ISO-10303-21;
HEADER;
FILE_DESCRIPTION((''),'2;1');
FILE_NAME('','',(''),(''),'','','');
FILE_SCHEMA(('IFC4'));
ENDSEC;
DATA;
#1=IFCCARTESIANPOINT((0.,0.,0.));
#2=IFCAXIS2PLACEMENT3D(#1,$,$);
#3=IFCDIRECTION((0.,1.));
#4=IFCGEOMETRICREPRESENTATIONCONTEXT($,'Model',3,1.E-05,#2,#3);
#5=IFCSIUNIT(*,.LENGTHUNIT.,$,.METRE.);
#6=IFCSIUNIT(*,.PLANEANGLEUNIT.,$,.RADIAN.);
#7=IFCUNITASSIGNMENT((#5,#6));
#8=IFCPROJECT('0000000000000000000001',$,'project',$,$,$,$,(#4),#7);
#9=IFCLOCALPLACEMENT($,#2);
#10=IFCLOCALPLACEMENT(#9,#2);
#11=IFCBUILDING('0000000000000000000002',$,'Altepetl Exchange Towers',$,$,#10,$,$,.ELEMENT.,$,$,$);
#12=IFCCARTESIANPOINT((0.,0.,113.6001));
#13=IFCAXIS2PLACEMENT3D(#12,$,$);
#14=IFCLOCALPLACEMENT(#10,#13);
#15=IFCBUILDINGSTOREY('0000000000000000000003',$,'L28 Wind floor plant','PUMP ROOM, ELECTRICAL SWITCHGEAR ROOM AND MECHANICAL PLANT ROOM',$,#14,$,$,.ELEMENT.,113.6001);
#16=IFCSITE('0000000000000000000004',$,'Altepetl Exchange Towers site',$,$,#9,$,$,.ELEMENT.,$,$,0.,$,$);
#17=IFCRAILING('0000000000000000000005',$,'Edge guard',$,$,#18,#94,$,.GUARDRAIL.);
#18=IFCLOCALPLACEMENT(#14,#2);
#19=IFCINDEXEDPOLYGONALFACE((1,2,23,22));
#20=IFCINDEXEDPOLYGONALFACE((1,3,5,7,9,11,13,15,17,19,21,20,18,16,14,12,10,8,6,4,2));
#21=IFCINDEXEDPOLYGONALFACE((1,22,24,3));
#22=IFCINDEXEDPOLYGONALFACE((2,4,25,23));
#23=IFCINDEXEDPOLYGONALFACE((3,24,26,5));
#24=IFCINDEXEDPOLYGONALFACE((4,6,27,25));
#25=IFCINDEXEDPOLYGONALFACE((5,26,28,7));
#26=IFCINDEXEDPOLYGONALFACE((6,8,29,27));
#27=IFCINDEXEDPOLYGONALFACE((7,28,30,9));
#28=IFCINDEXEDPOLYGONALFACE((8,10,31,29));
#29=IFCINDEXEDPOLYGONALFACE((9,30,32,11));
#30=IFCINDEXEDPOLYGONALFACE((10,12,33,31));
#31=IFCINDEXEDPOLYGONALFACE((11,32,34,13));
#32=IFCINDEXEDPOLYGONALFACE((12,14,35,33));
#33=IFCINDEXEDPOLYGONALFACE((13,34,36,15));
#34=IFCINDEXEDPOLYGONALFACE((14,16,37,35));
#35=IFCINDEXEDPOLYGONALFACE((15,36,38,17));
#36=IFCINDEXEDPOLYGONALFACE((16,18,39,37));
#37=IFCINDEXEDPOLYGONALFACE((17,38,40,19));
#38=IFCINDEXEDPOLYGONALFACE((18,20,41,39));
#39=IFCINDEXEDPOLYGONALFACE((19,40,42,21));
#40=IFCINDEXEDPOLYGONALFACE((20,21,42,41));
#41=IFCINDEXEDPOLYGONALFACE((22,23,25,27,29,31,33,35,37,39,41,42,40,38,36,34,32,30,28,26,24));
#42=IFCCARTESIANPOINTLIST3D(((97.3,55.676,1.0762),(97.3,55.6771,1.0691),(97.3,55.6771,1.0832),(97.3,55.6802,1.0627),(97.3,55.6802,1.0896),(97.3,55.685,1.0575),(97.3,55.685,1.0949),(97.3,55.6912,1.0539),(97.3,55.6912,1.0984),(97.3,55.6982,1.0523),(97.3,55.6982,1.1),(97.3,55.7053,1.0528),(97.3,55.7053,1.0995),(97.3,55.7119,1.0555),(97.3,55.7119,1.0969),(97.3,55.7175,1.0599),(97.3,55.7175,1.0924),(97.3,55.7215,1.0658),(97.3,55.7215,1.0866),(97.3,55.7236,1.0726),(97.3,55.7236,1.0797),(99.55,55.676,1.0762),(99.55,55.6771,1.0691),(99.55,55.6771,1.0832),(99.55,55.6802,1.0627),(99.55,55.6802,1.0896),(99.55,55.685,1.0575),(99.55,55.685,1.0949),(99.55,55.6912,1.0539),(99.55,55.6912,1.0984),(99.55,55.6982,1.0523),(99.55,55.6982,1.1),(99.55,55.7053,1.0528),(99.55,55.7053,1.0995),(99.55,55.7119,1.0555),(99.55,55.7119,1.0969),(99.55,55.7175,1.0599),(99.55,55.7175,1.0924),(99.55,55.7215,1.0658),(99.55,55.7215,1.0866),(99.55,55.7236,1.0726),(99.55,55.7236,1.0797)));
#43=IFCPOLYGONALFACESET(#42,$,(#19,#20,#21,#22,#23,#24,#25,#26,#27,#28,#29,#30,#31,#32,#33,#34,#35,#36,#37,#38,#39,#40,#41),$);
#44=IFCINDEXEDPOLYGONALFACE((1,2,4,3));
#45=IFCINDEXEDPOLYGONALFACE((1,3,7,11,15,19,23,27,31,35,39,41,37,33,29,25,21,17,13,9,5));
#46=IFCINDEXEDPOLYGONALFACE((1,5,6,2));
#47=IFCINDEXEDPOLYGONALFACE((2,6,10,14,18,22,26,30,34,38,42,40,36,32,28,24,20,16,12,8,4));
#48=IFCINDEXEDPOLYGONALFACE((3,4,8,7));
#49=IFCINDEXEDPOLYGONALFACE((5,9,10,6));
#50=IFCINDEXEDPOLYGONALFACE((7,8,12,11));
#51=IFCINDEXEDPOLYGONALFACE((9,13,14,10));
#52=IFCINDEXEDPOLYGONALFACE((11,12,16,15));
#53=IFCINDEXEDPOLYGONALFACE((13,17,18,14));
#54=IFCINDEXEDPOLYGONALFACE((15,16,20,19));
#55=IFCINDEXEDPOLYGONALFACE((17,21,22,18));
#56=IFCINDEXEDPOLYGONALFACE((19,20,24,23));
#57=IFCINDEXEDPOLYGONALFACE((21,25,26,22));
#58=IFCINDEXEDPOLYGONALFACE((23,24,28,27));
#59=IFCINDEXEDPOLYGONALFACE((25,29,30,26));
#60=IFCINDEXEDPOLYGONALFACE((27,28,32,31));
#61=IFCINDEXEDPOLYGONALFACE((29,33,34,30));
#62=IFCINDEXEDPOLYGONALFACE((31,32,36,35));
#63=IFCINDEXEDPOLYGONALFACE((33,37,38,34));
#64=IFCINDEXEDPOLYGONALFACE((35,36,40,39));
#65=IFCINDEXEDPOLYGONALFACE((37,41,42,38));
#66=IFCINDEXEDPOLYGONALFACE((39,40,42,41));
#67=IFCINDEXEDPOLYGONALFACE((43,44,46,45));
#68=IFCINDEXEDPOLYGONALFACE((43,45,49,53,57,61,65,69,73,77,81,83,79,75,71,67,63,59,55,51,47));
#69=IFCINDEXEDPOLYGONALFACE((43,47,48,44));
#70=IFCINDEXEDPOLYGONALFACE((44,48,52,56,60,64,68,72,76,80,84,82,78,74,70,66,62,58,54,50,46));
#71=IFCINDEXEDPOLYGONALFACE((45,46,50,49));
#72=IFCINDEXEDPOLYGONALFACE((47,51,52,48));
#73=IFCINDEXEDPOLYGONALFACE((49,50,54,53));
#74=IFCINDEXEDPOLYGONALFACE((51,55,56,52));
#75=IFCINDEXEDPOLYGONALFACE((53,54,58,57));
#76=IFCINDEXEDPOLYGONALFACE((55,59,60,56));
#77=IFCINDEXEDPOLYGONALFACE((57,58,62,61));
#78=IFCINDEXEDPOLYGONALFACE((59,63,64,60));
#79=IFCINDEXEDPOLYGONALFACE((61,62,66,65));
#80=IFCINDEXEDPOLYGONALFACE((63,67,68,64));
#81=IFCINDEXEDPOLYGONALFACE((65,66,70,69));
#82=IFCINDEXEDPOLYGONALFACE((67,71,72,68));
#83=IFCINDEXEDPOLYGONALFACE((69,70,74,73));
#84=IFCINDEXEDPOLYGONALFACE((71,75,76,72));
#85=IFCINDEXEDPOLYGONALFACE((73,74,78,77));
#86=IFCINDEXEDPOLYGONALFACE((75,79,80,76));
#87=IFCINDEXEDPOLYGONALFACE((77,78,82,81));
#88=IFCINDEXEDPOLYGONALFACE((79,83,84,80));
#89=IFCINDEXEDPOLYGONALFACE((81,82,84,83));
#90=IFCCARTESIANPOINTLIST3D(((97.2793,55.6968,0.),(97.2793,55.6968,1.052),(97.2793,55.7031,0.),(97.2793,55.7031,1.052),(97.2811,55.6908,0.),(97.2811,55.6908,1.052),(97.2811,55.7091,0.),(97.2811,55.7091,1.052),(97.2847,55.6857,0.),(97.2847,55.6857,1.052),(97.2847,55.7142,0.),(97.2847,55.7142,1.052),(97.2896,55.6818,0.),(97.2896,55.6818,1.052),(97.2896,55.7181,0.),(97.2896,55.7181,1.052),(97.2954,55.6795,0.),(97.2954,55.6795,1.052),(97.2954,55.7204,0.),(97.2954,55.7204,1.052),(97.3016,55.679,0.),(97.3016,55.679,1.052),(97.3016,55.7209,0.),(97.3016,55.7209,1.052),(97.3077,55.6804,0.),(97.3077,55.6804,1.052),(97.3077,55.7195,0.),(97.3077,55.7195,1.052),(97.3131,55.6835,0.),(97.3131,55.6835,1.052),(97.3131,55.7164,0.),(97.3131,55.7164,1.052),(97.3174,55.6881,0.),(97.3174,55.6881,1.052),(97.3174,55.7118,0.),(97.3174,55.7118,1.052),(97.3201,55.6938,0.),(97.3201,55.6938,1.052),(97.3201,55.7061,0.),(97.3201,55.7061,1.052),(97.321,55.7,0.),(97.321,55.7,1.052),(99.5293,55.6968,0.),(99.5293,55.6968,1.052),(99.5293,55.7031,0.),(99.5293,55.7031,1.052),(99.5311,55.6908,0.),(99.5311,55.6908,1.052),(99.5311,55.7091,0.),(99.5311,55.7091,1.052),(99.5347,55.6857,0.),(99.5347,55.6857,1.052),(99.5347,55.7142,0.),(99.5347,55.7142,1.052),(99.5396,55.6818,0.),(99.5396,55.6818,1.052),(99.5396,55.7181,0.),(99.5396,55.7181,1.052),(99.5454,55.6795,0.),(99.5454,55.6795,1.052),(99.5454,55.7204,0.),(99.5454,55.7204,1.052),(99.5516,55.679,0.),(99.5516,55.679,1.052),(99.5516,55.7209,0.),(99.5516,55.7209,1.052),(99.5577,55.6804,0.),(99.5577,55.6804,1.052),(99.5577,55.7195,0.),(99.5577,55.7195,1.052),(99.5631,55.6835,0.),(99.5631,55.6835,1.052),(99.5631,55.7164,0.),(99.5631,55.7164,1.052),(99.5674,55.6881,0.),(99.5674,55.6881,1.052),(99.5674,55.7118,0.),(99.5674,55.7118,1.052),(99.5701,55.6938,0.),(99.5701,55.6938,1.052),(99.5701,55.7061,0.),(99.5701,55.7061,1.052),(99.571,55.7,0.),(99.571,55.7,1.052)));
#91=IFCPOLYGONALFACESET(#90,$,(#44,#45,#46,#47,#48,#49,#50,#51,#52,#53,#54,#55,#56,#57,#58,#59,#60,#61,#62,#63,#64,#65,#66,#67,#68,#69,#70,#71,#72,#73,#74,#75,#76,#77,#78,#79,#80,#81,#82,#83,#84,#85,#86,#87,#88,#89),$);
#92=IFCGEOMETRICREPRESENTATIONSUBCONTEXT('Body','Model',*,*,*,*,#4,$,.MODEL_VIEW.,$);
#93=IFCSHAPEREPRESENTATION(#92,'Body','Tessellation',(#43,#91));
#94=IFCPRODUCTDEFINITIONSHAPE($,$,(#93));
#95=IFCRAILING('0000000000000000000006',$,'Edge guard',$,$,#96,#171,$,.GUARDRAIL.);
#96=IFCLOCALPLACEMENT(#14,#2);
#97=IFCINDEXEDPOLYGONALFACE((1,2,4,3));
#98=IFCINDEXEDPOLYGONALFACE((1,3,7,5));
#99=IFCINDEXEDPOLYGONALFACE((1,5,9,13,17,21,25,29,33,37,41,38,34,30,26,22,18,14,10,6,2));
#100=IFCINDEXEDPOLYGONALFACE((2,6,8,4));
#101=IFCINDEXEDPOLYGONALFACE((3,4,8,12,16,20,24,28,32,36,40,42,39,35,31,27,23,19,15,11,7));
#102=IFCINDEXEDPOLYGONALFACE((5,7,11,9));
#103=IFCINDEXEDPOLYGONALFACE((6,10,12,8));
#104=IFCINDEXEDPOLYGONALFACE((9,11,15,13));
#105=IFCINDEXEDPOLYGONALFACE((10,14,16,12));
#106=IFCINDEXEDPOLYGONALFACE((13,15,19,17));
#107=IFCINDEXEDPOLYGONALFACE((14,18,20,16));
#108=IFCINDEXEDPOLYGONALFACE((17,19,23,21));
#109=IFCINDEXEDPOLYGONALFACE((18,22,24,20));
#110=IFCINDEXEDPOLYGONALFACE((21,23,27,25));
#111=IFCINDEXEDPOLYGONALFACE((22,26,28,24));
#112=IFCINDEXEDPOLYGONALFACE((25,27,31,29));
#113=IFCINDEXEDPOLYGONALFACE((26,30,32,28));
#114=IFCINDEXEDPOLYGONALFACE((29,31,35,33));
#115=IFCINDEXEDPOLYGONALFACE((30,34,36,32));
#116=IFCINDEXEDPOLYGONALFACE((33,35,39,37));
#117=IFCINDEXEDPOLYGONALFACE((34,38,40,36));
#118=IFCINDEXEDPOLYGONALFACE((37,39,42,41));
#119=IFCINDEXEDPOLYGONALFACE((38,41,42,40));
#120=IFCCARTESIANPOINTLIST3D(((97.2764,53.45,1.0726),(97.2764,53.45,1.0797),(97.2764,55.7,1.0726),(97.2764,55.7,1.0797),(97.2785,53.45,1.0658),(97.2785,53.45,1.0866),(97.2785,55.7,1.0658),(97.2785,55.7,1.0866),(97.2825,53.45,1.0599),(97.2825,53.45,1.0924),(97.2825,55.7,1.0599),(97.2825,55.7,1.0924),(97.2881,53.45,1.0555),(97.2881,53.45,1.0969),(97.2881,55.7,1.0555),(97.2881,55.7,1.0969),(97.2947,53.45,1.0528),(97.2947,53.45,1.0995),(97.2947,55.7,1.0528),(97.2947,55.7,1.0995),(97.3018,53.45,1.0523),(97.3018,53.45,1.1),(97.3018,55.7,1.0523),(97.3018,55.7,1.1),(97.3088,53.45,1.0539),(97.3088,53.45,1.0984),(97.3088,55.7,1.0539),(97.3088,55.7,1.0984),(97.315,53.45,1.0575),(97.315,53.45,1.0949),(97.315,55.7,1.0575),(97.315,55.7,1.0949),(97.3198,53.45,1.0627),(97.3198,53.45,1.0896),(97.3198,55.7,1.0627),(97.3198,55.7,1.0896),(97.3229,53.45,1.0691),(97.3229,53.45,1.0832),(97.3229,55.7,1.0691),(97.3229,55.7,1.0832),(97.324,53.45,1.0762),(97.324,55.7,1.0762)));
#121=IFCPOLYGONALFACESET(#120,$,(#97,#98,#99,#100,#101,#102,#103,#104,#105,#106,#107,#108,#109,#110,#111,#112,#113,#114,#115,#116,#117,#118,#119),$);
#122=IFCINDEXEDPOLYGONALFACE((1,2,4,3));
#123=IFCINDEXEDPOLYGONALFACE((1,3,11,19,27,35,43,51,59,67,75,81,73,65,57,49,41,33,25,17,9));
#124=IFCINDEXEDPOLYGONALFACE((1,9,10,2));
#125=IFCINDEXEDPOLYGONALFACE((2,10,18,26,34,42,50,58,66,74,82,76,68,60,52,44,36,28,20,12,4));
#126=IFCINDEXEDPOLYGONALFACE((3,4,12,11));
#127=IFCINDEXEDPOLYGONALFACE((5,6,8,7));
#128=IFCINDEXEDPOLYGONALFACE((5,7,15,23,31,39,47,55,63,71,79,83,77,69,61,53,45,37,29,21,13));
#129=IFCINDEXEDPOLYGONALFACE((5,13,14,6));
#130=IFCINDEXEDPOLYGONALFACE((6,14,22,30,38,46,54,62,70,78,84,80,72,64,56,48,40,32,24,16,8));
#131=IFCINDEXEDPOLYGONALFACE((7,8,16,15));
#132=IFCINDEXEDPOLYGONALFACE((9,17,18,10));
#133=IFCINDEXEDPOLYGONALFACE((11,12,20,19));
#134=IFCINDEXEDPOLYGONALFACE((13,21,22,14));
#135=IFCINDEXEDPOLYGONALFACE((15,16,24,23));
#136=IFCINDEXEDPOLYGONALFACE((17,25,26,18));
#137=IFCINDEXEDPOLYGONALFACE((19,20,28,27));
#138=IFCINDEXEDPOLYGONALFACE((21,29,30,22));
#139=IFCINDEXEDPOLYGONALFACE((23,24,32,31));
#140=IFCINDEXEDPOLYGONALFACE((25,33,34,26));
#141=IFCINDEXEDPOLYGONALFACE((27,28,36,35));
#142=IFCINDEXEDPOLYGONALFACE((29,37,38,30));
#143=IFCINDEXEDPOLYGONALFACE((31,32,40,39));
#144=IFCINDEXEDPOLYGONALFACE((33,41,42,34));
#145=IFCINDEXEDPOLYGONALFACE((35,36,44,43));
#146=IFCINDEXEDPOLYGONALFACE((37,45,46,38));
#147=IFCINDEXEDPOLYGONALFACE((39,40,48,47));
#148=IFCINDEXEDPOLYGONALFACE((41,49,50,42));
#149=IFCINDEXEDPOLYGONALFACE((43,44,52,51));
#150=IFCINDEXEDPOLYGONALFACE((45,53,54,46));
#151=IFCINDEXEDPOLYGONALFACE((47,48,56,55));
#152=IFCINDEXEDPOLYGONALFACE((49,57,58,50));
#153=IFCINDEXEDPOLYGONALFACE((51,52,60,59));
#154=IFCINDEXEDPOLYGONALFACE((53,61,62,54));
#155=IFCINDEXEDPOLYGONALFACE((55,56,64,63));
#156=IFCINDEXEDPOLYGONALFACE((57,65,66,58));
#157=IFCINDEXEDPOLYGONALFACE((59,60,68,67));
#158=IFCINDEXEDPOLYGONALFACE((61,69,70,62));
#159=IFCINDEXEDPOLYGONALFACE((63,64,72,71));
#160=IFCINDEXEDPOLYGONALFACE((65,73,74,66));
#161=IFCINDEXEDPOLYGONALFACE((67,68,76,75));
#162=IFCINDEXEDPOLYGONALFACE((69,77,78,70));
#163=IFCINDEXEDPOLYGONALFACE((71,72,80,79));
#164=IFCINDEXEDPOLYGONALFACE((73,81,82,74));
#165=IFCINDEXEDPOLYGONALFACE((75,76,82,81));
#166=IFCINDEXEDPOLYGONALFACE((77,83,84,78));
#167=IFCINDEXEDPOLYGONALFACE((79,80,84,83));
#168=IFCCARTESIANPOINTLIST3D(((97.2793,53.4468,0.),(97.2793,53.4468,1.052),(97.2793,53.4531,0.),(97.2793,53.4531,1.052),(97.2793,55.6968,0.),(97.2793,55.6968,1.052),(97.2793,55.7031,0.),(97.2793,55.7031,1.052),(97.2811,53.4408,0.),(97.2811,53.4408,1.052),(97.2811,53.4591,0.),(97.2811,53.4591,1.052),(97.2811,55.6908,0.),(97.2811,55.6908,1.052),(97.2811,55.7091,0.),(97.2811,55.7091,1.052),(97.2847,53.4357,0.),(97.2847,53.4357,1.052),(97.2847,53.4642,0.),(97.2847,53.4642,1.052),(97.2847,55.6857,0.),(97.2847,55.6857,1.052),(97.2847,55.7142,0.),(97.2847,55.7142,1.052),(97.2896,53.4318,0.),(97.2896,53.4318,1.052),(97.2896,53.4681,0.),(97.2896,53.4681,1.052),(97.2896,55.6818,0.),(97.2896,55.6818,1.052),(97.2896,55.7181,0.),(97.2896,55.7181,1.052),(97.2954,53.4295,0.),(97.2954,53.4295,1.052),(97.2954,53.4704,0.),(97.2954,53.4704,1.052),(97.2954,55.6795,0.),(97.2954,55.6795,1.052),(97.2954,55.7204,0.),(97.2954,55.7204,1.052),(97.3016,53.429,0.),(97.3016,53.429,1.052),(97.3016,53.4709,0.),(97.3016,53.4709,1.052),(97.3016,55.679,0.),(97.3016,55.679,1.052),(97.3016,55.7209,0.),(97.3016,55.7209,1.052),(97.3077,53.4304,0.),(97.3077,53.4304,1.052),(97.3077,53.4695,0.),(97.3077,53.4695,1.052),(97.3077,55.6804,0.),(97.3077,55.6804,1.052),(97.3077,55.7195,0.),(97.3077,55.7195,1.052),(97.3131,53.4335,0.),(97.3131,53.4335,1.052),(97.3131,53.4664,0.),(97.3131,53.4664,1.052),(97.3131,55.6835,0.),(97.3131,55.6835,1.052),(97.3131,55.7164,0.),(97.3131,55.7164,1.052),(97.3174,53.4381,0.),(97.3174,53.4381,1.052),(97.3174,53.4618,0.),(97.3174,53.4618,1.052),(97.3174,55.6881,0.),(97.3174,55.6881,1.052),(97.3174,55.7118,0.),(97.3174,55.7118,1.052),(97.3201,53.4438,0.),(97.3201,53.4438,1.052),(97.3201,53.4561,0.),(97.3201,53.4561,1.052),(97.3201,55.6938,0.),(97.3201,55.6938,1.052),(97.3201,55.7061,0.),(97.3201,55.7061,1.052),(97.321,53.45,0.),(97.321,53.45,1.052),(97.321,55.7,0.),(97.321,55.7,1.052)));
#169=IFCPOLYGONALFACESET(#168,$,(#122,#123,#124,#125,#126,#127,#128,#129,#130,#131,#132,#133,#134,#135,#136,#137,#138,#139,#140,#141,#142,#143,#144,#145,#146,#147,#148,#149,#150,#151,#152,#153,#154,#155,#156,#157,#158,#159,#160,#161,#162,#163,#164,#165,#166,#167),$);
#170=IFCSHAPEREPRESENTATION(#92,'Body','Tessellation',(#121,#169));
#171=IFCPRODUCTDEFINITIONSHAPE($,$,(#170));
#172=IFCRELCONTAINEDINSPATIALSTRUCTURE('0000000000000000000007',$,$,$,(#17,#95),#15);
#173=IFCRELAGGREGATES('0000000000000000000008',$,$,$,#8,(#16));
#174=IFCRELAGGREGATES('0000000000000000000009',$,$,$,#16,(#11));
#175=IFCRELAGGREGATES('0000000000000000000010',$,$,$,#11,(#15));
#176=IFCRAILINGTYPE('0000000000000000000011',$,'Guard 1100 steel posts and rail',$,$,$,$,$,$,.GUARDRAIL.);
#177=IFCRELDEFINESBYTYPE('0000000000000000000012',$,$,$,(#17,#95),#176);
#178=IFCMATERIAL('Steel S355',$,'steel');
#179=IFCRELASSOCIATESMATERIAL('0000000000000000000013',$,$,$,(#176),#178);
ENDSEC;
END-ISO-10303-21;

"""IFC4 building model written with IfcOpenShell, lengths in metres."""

from ifc_helpers import new_model, si_unit, direction, frame, origin, origin_2d, place, context, subcontext, project, spatial, circle, extrude, source, transform, mapped, material, type_object, element, save


model = new_model("IFC4")

# Units and contexts
model_context = context("Model", 3, precision=1e-05, world=origin(), true_north=direction((0.0, 1.0)))
body_context = subcontext(model_context, "Body", "Model", "MODEL_VIEW")
ifc_project = project(units=[si_unit("LENGTHUNIT", "METRE"), si_unit("PLANEANGLEUNIT", "RADIAN")], contexts=[model_context])

# Site, building, storey
site_placement = place(None, origin())
site = spatial("IfcSite", under=ifc_project, at=site_placement, Name="Altepetl Exchange Towers site", CompositionType="ELEMENT", RefElevation=0.0)
building_placement = place(site_placement, origin())
building = spatial("IfcBuilding", under=site, at=building_placement, Name="Altepetl Exchange Towers", CompositionType="ELEMENT")
storey_placement = place(building_placement, frame((0.0, 0.0, 113.6001)))
storey = spatial("IfcBuildingStorey", under=building, at=storey_placement, Name="L28 Wind floor plant", Description="PUMP ROOM, ELECTRICAL SWITCHGEAR ROOM AND MECHANICAL PLANT ROOM", CompositionType="ELEMENT", Elevation=113.6001)

# Shared definitions
ifc_material_1 = material(Name="Steel S355", Category="steel")

# Railings
railing_type = type_object("IfcRailingType", Name="Guard 1100 steel posts and rail", PredefinedType="GUARDRAIL", material=ifc_material_1)
shared_shape = source(origin(), body_context, "Body", "SweptSolid", [
    extrude(circle(Radius=0.021, at=origin_2d()), origin(), (0.0, 0.0, 1.0), 1.052),
])
railing_1_placement = place(storey_placement, frame((99.55, 55.7, 0.0)))
element("IfcRailing", 1, at=railing_1_placement, inside=storey, type_object=railing_type, Name="Edge guard", PredefinedType="GUARDRAIL", context=body_context, shape_type="SweptSolid", body=[
    extrude(circle(Radius=0.0239, at=origin_2d()), frame((0.0, 0.0, 1.0762), z_axis=(-1.0, 0.0, 0.0), x_axis=(0.0, -1.0, 0.0)), (0.0, 0.0, 1.0), 2.25),
    mapped(shared_shape, transform((0.0, 0.0, 0.0))),
    mapped(shared_shape, transform((-2.25, 0.0, 0.0))),
])
railing_2_placement = place(storey_placement, frame((97.3, 55.7, 0.0)))
element("IfcRailing", 2, at=railing_2_placement, inside=storey, type_object=railing_type, Name="Edge guard", PredefinedType="GUARDRAIL", context=body_context, shape_type="SweptSolid", body=[
    extrude(circle(Radius=0.0239, at=origin_2d()), frame((0.0, 0.0, 1.0762), z_axis=(0.0, -1.0, 0.0), x_axis=(1.0, 0.0, 0.0)), (0.0, 0.0, 1.0), 2.25),
    mapped(shared_shape, transform((0.0, 0.0, 0.0))),
    mapped(shared_shape, transform((0.0, -2.25, 0.0))),
])

save(model, "model.ifc")
